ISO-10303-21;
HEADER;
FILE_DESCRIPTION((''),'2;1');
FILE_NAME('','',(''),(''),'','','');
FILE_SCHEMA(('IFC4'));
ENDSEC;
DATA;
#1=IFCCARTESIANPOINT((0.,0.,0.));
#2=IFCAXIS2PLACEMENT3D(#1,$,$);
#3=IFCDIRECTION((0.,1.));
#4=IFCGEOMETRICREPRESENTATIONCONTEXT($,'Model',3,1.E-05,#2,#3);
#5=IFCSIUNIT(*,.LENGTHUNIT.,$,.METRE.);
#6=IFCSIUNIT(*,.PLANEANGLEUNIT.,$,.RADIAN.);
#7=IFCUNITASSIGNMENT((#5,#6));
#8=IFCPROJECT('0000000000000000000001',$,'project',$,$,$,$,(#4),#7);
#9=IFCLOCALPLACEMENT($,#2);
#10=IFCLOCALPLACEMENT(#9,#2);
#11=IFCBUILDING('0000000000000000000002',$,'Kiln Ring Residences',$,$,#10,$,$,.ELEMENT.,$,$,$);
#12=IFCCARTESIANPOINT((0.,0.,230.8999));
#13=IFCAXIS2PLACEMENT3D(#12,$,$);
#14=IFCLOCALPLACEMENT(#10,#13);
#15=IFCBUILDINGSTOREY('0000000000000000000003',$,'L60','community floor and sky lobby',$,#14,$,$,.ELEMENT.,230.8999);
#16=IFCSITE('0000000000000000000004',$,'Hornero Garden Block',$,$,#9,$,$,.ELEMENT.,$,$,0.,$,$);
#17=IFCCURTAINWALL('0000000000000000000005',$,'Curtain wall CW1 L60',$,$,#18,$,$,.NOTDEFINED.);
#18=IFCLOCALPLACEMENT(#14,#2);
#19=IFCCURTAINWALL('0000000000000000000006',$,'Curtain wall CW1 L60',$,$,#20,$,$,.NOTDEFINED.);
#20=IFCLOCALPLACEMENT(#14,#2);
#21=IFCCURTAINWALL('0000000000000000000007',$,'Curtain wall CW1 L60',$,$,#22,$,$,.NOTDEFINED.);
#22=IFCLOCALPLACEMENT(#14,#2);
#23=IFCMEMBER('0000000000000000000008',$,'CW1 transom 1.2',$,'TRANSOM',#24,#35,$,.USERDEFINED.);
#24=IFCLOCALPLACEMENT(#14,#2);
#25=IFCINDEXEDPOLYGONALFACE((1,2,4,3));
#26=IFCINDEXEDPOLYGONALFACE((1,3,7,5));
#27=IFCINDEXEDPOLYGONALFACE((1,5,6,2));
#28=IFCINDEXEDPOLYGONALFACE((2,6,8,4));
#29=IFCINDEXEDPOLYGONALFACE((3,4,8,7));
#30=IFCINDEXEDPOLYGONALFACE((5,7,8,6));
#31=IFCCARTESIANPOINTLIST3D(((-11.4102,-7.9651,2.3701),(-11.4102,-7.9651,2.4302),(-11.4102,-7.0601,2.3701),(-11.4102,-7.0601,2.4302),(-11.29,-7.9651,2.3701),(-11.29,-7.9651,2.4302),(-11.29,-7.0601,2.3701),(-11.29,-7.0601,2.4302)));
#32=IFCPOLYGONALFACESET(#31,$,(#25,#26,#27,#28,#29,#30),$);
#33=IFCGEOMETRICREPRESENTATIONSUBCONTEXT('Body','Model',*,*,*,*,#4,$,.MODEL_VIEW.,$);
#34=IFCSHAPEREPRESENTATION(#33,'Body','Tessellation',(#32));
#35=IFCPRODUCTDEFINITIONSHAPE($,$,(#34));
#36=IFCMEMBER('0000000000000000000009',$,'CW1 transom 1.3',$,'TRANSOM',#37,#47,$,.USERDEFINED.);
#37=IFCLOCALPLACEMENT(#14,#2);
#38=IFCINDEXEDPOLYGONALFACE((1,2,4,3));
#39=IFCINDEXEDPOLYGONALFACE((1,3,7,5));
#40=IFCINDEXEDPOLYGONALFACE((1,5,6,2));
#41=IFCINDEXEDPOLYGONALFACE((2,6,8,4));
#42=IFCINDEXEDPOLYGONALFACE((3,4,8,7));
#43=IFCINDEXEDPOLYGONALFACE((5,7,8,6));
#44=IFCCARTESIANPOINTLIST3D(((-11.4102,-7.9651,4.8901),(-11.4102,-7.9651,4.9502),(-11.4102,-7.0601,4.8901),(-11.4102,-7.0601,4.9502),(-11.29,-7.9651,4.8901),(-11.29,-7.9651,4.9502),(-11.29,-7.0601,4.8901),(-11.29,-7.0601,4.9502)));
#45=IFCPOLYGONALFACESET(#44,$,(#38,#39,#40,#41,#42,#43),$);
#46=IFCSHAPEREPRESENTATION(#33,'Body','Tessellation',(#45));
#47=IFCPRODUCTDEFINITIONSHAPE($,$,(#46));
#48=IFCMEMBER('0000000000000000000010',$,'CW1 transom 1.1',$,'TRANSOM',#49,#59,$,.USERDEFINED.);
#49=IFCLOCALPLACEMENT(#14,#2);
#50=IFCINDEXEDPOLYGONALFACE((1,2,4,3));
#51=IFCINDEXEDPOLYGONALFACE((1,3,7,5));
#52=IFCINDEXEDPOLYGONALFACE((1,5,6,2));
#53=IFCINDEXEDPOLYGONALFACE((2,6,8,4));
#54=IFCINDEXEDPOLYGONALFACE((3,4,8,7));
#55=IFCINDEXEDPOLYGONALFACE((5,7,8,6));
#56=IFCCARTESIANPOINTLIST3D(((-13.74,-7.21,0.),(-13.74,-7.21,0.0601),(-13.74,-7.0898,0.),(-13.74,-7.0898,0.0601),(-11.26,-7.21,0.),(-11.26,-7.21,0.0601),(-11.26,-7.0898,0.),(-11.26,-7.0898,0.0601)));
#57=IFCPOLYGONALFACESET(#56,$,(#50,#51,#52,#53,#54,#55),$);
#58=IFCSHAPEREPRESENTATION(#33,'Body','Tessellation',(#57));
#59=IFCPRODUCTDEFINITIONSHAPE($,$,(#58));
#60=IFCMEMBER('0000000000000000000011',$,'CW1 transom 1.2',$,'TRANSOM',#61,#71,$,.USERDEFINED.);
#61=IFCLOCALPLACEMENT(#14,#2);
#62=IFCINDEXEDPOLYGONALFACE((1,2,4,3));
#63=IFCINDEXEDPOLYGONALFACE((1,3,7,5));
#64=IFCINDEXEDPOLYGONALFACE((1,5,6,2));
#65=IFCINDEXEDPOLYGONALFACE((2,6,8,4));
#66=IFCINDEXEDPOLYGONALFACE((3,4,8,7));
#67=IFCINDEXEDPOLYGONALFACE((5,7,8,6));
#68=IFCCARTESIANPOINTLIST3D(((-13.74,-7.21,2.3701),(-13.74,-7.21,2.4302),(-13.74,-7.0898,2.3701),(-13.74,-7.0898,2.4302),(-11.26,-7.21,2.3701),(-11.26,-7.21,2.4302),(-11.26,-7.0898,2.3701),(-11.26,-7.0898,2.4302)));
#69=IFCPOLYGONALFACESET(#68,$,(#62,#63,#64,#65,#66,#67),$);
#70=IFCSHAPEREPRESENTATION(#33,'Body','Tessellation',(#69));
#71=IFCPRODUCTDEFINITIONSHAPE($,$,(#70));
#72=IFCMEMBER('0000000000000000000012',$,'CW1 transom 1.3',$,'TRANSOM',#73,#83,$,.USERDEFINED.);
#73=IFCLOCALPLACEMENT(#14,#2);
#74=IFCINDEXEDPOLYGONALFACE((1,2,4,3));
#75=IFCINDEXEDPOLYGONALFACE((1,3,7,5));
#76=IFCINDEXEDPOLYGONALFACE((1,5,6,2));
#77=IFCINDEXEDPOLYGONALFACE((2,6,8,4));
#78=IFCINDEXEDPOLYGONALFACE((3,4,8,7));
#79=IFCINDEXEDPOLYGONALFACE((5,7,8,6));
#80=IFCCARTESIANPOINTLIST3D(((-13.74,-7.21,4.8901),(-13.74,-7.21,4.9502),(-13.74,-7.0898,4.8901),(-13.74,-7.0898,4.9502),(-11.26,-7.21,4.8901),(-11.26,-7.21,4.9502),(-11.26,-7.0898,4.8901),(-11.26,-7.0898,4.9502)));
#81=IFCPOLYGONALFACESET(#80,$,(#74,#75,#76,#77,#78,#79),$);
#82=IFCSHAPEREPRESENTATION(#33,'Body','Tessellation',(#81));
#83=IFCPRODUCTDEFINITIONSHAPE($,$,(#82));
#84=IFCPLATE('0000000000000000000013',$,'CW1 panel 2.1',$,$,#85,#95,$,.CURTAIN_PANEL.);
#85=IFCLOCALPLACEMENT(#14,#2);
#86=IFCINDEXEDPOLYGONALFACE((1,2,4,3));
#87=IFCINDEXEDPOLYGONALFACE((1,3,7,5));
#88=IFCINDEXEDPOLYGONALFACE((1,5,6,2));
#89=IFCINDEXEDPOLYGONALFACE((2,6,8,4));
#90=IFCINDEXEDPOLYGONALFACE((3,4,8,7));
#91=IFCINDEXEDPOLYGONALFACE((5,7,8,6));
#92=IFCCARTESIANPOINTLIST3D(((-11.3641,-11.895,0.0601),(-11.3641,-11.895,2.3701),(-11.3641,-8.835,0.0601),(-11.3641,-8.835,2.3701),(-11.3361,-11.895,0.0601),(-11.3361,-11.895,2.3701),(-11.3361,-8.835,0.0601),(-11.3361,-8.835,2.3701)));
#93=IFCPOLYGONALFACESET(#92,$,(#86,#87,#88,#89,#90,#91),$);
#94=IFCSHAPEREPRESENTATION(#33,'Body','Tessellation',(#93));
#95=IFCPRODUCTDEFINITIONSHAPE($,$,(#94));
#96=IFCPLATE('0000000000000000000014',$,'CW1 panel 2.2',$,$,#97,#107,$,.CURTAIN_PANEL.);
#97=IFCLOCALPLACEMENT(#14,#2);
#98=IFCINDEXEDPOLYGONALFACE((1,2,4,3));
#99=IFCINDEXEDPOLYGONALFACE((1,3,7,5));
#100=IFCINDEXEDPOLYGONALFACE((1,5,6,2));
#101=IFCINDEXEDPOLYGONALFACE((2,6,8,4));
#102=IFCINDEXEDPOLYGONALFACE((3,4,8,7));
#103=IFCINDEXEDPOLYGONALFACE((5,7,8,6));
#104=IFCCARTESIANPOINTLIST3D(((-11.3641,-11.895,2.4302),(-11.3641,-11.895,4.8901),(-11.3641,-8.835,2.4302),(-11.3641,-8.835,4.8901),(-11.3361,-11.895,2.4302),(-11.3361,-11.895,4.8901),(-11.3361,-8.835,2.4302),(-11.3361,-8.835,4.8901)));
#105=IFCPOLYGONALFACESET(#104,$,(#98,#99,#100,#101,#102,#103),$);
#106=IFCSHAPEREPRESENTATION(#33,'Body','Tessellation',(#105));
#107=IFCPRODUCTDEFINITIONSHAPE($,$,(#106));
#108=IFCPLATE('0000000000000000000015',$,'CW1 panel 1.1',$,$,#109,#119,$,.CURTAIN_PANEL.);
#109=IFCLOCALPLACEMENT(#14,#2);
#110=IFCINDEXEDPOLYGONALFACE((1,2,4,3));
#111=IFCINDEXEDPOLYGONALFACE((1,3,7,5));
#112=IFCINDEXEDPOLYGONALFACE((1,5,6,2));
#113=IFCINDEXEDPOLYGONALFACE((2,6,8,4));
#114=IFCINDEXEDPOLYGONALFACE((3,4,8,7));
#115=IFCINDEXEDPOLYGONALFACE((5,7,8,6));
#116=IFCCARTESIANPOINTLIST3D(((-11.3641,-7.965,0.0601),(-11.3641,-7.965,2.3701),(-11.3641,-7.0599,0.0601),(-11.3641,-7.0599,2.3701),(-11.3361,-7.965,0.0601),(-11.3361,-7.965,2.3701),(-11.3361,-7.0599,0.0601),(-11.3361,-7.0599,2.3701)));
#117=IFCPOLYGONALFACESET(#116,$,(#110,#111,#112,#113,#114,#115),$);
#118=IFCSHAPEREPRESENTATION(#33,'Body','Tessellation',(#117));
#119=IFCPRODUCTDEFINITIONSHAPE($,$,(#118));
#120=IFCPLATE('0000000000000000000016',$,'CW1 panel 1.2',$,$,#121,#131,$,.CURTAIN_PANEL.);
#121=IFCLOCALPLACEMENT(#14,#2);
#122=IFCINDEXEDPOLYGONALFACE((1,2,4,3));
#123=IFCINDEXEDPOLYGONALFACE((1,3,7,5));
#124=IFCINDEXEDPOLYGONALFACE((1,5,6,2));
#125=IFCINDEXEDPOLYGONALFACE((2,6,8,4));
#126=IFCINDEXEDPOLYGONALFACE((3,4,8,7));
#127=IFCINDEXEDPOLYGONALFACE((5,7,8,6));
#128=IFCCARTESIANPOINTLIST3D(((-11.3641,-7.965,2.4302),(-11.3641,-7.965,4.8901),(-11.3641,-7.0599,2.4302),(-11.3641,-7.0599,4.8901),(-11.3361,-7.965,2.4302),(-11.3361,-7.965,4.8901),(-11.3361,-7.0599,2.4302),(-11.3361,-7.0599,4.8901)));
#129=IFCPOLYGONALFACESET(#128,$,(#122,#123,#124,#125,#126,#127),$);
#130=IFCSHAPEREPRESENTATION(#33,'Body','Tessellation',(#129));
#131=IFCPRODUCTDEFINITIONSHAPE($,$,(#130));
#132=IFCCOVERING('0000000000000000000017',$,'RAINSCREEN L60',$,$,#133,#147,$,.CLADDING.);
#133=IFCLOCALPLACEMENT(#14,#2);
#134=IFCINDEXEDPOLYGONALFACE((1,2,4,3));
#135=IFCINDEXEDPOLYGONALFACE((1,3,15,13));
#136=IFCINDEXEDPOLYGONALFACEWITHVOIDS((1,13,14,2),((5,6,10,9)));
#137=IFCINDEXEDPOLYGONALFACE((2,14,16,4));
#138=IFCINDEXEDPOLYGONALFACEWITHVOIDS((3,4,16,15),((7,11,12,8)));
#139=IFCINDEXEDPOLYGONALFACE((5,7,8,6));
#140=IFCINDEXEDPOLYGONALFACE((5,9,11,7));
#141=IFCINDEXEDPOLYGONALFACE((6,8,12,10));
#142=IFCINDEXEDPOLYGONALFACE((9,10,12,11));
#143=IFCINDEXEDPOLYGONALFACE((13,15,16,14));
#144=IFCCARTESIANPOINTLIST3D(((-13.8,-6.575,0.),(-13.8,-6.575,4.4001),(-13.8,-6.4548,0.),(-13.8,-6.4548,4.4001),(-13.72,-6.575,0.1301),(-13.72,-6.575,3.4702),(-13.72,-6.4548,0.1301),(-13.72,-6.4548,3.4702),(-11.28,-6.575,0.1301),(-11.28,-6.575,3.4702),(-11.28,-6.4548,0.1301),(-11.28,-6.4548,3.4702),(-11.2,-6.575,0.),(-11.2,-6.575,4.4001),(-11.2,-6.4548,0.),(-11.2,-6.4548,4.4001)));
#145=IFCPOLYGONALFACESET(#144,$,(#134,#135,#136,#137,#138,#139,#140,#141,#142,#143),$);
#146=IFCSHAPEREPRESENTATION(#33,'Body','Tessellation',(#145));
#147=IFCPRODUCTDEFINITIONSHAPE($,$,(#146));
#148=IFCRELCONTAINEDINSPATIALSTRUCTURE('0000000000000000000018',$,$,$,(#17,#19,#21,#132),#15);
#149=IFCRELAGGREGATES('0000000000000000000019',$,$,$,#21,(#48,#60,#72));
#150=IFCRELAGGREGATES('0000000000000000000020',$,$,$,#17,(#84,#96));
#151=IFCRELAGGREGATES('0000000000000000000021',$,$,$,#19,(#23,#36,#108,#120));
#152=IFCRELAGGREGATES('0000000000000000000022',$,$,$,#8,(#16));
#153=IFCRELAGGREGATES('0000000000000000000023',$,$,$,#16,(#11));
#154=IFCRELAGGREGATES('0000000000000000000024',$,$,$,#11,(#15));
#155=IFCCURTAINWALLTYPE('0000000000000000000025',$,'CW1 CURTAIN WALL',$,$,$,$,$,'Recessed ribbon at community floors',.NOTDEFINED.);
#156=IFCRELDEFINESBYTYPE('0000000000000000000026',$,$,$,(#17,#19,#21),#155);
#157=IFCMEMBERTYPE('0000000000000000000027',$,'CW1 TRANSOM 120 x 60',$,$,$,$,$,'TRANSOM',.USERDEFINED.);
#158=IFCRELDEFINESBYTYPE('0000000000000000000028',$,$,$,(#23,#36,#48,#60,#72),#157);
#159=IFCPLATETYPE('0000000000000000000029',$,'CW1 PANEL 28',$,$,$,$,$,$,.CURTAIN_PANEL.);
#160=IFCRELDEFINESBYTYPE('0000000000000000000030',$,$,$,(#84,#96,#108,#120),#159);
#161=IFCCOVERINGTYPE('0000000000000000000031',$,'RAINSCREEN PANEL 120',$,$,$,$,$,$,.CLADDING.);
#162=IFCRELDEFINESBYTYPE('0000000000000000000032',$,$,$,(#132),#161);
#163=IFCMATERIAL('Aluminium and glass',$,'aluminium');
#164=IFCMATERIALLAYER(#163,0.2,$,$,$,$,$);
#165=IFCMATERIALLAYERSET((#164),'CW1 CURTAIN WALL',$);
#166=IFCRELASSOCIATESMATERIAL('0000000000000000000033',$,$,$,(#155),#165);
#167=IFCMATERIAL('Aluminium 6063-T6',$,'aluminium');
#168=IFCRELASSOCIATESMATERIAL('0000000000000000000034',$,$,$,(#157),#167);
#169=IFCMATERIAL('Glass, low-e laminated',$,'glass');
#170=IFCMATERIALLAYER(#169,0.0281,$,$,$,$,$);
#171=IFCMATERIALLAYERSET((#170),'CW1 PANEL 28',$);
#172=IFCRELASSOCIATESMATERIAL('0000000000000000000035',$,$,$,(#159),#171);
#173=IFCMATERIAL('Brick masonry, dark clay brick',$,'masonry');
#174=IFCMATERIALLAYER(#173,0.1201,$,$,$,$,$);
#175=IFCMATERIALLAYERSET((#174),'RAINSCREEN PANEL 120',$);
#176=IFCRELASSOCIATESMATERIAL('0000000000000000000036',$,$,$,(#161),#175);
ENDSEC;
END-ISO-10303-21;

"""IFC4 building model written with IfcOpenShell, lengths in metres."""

from ifc_helpers import new_model, si_unit, direction, frame, origin, origin_2d, place, context, subcontext, project, spatial, polyline, rectangle, outline, extrude, material, layer, layer_set, material_profile, profile_set, type_object, element, aggregate, save


model = new_model("IFC4")

# Units and contexts
model_context = context("Model", 3, precision=1e-05, world=origin(), true_north=direction((0.0, 1.0)))
body_context = subcontext(model_context, "Body", "Model", "MODEL_VIEW")
ifc_project = project(units=[si_unit("LENGTHUNIT", "METRE"), si_unit("PLANEANGLEUNIT", "RADIAN")], contexts=[model_context])

# Site, building, storey
site_placement = place(None, origin())
site = spatial("IfcSite", under=ifc_project, at=site_placement, Name="Hornero Garden Block", CompositionType="ELEMENT", RefElevation=0.0)
building_placement = place(site_placement, origin())
building = spatial("IfcBuilding", under=site, at=building_placement, Name="Kiln Ring Residences", CompositionType="ELEMENT")
storey_placement = place(building_placement, frame((0.0, 0.0, 230.8999)))
storey = spatial("IfcBuildingStorey", under=building, at=storey_placement, Name="L60", Description="community floor and sky lobby", CompositionType="ELEMENT", Elevation=230.8999)

# Curtain walls
ifc_material_1 = material(Name="Aluminium and glass", Category="aluminium")
ifc_layer_1 = layer(ifc_material_1, 0.2)
ifc_layer_set_1 = layer_set([ifc_layer_1], Name="CW1 CURTAIN WALL")
curtain_wall_type = type_object("IfcCurtainWallType", Name="CW1 CURTAIN WALL", ElementType="Recessed ribbon at community floors", PredefinedType="NOTDEFINED", material=ifc_layer_set_1)
placement = place(storey_placement, origin())
curtain_wall_1 = element("IfcCurtainWall", 1, at=placement, inside=storey, type_object=curtain_wall_type, Name="Curtain wall CW1 L60", PredefinedType="NOTDEFINED")
curtain_wall_2 = element("IfcCurtainWall", 2, at=placement, inside=storey, type_object=curtain_wall_type, Name="Curtain wall CW1 L60", PredefinedType="NOTDEFINED")

# Curtain wall
curtain_wall_3 = element("IfcCurtainWall", 3, at=placement, inside=storey, type_object=curtain_wall_type, Name="Curtain wall CW1 L60", PredefinedType="NOTDEFINED")

# Members
ifc_material_2 = material(Name="Aluminium 6063-T6", Category="aluminium")
ifc_material_profile_1 = material_profile(ifc_material_2, rectangle(XDim=0.1201, YDim=0.0601, at=origin_2d()), Name="AL 120x60")
ifc_profile_set_1 = profile_set([ifc_material_profile_1], Name="Aluminium 6063-T6")
member_type_1 = type_object("IfcMemberType", Name="CW1 TRANSOM 120 x 60", ElementType="TRANSOM", PredefinedType="USERDEFINED", material=ifc_profile_set_1)
member_1_placement = place(storey_placement, frame((-11.3501, -7.9651, 2.4001), z_axis=(0.0, 1.0, 0.0), x_axis=(-1.0, 0.0, 0.0)))
member_1 = element("IfcMember", 4, at=member_1_placement, type_object=member_type_1, Name="CW1 transom 1.2", ObjectType="TRANSOM", PredefinedType="USERDEFINED", context=body_context, shape_type="SweptSolid", body=[
    extrude(rectangle(XDim=0.1201, YDim=0.0601, at=origin_2d()), origin(), (0.0, 0.0, 1.0), 0.905),
])
member_2_placement = place(storey_placement, frame((-11.3501, -7.9651, 4.9202), z_axis=(0.0, 1.0, 0.0), x_axis=(-1.0, 0.0, 0.0)))
member_2 = element("IfcMember", 5, at=member_2_placement, type_object=member_type_1, Name="CW1 transom 1.3", ObjectType="TRANSOM", PredefinedType="USERDEFINED", context=body_context, shape_type="SweptSolid", body=[
    extrude(rectangle(XDim=0.1201, YDim=0.0601, at=origin_2d()), origin(), (0.0, 0.0, 1.0), 0.905),
])
member_3_placement = place(storey_placement, frame((-11.26, -7.1499, 0.03), z_axis=(-1.0, 0.0, 0.0), x_axis=(0.0, -1.0, 0.0)))
member_3 = element("IfcMember", 6, at=member_3_placement, type_object=member_type_1, Name="CW1 transom 1.1", ObjectType="TRANSOM", PredefinedType="USERDEFINED", context=body_context, shape_type="SweptSolid", body=[
    extrude(rectangle(XDim=0.1201, YDim=0.0601, at=origin_2d()), origin(), (0.0, 0.0, 1.0), 2.48),
])
member_4_placement = place(storey_placement, frame((-11.26, -7.1499, 2.4001), z_axis=(-1.0, 0.0, 0.0), x_axis=(0.0, -1.0, 0.0)))
member_4 = element("IfcMember", 7, at=member_4_placement, type_object=member_type_1, Name="CW1 transom 1.2", ObjectType="TRANSOM", PredefinedType="USERDEFINED", context=body_context, shape_type="SweptSolid", body=[
    extrude(rectangle(XDim=0.1201, YDim=0.0601, at=origin_2d()), origin(), (0.0, 0.0, 1.0), 2.48),
])
member_5_placement = place(storey_placement, frame((-11.26, -7.1499, 4.9202), z_axis=(-1.0, 0.0, 0.0), x_axis=(0.0, -1.0, 0.0)))
member_5 = element("IfcMember", 8, at=member_5_placement, type_object=member_type_1, Name="CW1 transom 1.3", ObjectType="TRANSOM", PredefinedType="USERDEFINED", context=body_context, shape_type="SweptSolid", body=[
    extrude(rectangle(XDim=0.1201, YDim=0.0601, at=origin_2d()), origin(), (0.0, 0.0, 1.0), 2.48),
])
aggregate(curtain_wall_3, [member_3, member_4, member_5])

# Plates
ifc_material_3 = material(Name="Glass, low-e laminated", Category="glass")
ifc_layer_2 = layer(ifc_material_3, 0.0281)
ifc_layer_set_2 = layer_set([ifc_layer_2], Name="CW1 PANEL 28")
plate_type = type_object("IfcPlateType", Name="CW1 PANEL 28", PredefinedType="CURTAIN_PANEL", material=ifc_layer_set_2)
plate_1_placement = place(storey_placement, frame((-11.3501, -10.365, 0.0601), z_axis=(0.0, 0.0, 1.0), x_axis=(0.0, 1.0, 0.0)))
plate_1 = element("IfcPlate", 9, at=plate_1_placement, type_object=plate_type, Name="CW1 panel 2.1", PredefinedType="CURTAIN_PANEL", context=body_context, shape_type="SweptSolid", body=[
    extrude(rectangle(XDim=3.0601, YDim=0.0281, at=origin_2d()), origin(), (0.0, 0.0, 1.0), 2.3101),
])
plate_2_placement = place(storey_placement, frame((-11.3501, -10.365, 2.4302), z_axis=(0.0, 0.0, 1.0), x_axis=(0.0, 1.0, 0.0)))
plate_2 = element("IfcPlate", 10, at=plate_2_placement, type_object=plate_type, Name="CW1 panel 2.2", PredefinedType="CURTAIN_PANEL", context=body_context, shape_type="SweptSolid", body=[
    extrude(rectangle(XDim=3.0601, YDim=0.0281, at=origin_2d()), origin(), (0.0, 0.0, 1.0), 2.46),
])
aggregate(curtain_wall_1, [plate_1, plate_2])
plate_3_placement = place(storey_placement, frame((-11.3501, -7.5125, 0.0601), z_axis=(0.0, 0.0, 1.0), x_axis=(0.0, 1.0, 0.0)))
plate_3 = element("IfcPlate", 11, at=plate_3_placement, type_object=plate_type, Name="CW1 panel 1.1", PredefinedType="CURTAIN_PANEL", context=body_context, shape_type="SweptSolid", body=[
    extrude(rectangle(XDim=0.905, YDim=0.0281, at=origin_2d()), origin(), (0.0, 0.0, 1.0), 2.3101),
])
plate_4_placement = place(storey_placement, frame((-11.3501, -7.5125, 2.4302), z_axis=(0.0, 0.0, 1.0), x_axis=(0.0, 1.0, 0.0)))
plate_4 = element("IfcPlate", 12, at=plate_4_placement, type_object=plate_type, Name="CW1 panel 1.2", PredefinedType="CURTAIN_PANEL", context=body_context, shape_type="SweptSolid", body=[
    extrude(rectangle(XDim=0.905, YDim=0.0281, at=origin_2d()), origin(), (0.0, 0.0, 1.0), 2.46),
])
aggregate(curtain_wall_2, [member_1, member_2, plate_3, plate_4])

# Covering
ifc_material_4 = material(Name="Brick masonry, dark clay brick", Category="masonry")
ifc_layer_3 = layer(ifc_material_4, 0.1201)
ifc_layer_set_3 = layer_set([ifc_layer_3], Name="RAINSCREEN PANEL 120")
covering_type = type_object("IfcCoveringType", Name="RAINSCREEN PANEL 120", PredefinedType="CLADDING", material=ifc_layer_set_3)
covering_placement = place(storey_placement, frame((-11.2, -6.5149, 0.0), z_axis=(0.0, 0.0, 1.0), x_axis=(-1.0, 0.0, 0.0)))
element("IfcCovering", 13, at=covering_placement, inside=storey, type_object=covering_type, Name="RAINSCREEN L60", PredefinedType="CLADDING", context=body_context, shape_type="SweptSolid", body=[
    extrude(outline(polyline([(0.0, 0.0), (2.6001, 0.0), (2.6001, 4.4001), (0.0, 4.4001), (0.0, 0.0)]), holes=[polyline([(0.0801, 3.4702), (0.0801, 0.1301), (2.52, 0.1301), (2.52, 3.4702), (0.0801, 3.4702)])]), frame((0.0, 0.0601, 0.0), z_axis=(0.0, -1.0, 0.0), x_axis=(1.0, 0.0, 0.0)), (0.0, 0.0, 1.0), 0.1201),
])

save(model, "model.ifc")
